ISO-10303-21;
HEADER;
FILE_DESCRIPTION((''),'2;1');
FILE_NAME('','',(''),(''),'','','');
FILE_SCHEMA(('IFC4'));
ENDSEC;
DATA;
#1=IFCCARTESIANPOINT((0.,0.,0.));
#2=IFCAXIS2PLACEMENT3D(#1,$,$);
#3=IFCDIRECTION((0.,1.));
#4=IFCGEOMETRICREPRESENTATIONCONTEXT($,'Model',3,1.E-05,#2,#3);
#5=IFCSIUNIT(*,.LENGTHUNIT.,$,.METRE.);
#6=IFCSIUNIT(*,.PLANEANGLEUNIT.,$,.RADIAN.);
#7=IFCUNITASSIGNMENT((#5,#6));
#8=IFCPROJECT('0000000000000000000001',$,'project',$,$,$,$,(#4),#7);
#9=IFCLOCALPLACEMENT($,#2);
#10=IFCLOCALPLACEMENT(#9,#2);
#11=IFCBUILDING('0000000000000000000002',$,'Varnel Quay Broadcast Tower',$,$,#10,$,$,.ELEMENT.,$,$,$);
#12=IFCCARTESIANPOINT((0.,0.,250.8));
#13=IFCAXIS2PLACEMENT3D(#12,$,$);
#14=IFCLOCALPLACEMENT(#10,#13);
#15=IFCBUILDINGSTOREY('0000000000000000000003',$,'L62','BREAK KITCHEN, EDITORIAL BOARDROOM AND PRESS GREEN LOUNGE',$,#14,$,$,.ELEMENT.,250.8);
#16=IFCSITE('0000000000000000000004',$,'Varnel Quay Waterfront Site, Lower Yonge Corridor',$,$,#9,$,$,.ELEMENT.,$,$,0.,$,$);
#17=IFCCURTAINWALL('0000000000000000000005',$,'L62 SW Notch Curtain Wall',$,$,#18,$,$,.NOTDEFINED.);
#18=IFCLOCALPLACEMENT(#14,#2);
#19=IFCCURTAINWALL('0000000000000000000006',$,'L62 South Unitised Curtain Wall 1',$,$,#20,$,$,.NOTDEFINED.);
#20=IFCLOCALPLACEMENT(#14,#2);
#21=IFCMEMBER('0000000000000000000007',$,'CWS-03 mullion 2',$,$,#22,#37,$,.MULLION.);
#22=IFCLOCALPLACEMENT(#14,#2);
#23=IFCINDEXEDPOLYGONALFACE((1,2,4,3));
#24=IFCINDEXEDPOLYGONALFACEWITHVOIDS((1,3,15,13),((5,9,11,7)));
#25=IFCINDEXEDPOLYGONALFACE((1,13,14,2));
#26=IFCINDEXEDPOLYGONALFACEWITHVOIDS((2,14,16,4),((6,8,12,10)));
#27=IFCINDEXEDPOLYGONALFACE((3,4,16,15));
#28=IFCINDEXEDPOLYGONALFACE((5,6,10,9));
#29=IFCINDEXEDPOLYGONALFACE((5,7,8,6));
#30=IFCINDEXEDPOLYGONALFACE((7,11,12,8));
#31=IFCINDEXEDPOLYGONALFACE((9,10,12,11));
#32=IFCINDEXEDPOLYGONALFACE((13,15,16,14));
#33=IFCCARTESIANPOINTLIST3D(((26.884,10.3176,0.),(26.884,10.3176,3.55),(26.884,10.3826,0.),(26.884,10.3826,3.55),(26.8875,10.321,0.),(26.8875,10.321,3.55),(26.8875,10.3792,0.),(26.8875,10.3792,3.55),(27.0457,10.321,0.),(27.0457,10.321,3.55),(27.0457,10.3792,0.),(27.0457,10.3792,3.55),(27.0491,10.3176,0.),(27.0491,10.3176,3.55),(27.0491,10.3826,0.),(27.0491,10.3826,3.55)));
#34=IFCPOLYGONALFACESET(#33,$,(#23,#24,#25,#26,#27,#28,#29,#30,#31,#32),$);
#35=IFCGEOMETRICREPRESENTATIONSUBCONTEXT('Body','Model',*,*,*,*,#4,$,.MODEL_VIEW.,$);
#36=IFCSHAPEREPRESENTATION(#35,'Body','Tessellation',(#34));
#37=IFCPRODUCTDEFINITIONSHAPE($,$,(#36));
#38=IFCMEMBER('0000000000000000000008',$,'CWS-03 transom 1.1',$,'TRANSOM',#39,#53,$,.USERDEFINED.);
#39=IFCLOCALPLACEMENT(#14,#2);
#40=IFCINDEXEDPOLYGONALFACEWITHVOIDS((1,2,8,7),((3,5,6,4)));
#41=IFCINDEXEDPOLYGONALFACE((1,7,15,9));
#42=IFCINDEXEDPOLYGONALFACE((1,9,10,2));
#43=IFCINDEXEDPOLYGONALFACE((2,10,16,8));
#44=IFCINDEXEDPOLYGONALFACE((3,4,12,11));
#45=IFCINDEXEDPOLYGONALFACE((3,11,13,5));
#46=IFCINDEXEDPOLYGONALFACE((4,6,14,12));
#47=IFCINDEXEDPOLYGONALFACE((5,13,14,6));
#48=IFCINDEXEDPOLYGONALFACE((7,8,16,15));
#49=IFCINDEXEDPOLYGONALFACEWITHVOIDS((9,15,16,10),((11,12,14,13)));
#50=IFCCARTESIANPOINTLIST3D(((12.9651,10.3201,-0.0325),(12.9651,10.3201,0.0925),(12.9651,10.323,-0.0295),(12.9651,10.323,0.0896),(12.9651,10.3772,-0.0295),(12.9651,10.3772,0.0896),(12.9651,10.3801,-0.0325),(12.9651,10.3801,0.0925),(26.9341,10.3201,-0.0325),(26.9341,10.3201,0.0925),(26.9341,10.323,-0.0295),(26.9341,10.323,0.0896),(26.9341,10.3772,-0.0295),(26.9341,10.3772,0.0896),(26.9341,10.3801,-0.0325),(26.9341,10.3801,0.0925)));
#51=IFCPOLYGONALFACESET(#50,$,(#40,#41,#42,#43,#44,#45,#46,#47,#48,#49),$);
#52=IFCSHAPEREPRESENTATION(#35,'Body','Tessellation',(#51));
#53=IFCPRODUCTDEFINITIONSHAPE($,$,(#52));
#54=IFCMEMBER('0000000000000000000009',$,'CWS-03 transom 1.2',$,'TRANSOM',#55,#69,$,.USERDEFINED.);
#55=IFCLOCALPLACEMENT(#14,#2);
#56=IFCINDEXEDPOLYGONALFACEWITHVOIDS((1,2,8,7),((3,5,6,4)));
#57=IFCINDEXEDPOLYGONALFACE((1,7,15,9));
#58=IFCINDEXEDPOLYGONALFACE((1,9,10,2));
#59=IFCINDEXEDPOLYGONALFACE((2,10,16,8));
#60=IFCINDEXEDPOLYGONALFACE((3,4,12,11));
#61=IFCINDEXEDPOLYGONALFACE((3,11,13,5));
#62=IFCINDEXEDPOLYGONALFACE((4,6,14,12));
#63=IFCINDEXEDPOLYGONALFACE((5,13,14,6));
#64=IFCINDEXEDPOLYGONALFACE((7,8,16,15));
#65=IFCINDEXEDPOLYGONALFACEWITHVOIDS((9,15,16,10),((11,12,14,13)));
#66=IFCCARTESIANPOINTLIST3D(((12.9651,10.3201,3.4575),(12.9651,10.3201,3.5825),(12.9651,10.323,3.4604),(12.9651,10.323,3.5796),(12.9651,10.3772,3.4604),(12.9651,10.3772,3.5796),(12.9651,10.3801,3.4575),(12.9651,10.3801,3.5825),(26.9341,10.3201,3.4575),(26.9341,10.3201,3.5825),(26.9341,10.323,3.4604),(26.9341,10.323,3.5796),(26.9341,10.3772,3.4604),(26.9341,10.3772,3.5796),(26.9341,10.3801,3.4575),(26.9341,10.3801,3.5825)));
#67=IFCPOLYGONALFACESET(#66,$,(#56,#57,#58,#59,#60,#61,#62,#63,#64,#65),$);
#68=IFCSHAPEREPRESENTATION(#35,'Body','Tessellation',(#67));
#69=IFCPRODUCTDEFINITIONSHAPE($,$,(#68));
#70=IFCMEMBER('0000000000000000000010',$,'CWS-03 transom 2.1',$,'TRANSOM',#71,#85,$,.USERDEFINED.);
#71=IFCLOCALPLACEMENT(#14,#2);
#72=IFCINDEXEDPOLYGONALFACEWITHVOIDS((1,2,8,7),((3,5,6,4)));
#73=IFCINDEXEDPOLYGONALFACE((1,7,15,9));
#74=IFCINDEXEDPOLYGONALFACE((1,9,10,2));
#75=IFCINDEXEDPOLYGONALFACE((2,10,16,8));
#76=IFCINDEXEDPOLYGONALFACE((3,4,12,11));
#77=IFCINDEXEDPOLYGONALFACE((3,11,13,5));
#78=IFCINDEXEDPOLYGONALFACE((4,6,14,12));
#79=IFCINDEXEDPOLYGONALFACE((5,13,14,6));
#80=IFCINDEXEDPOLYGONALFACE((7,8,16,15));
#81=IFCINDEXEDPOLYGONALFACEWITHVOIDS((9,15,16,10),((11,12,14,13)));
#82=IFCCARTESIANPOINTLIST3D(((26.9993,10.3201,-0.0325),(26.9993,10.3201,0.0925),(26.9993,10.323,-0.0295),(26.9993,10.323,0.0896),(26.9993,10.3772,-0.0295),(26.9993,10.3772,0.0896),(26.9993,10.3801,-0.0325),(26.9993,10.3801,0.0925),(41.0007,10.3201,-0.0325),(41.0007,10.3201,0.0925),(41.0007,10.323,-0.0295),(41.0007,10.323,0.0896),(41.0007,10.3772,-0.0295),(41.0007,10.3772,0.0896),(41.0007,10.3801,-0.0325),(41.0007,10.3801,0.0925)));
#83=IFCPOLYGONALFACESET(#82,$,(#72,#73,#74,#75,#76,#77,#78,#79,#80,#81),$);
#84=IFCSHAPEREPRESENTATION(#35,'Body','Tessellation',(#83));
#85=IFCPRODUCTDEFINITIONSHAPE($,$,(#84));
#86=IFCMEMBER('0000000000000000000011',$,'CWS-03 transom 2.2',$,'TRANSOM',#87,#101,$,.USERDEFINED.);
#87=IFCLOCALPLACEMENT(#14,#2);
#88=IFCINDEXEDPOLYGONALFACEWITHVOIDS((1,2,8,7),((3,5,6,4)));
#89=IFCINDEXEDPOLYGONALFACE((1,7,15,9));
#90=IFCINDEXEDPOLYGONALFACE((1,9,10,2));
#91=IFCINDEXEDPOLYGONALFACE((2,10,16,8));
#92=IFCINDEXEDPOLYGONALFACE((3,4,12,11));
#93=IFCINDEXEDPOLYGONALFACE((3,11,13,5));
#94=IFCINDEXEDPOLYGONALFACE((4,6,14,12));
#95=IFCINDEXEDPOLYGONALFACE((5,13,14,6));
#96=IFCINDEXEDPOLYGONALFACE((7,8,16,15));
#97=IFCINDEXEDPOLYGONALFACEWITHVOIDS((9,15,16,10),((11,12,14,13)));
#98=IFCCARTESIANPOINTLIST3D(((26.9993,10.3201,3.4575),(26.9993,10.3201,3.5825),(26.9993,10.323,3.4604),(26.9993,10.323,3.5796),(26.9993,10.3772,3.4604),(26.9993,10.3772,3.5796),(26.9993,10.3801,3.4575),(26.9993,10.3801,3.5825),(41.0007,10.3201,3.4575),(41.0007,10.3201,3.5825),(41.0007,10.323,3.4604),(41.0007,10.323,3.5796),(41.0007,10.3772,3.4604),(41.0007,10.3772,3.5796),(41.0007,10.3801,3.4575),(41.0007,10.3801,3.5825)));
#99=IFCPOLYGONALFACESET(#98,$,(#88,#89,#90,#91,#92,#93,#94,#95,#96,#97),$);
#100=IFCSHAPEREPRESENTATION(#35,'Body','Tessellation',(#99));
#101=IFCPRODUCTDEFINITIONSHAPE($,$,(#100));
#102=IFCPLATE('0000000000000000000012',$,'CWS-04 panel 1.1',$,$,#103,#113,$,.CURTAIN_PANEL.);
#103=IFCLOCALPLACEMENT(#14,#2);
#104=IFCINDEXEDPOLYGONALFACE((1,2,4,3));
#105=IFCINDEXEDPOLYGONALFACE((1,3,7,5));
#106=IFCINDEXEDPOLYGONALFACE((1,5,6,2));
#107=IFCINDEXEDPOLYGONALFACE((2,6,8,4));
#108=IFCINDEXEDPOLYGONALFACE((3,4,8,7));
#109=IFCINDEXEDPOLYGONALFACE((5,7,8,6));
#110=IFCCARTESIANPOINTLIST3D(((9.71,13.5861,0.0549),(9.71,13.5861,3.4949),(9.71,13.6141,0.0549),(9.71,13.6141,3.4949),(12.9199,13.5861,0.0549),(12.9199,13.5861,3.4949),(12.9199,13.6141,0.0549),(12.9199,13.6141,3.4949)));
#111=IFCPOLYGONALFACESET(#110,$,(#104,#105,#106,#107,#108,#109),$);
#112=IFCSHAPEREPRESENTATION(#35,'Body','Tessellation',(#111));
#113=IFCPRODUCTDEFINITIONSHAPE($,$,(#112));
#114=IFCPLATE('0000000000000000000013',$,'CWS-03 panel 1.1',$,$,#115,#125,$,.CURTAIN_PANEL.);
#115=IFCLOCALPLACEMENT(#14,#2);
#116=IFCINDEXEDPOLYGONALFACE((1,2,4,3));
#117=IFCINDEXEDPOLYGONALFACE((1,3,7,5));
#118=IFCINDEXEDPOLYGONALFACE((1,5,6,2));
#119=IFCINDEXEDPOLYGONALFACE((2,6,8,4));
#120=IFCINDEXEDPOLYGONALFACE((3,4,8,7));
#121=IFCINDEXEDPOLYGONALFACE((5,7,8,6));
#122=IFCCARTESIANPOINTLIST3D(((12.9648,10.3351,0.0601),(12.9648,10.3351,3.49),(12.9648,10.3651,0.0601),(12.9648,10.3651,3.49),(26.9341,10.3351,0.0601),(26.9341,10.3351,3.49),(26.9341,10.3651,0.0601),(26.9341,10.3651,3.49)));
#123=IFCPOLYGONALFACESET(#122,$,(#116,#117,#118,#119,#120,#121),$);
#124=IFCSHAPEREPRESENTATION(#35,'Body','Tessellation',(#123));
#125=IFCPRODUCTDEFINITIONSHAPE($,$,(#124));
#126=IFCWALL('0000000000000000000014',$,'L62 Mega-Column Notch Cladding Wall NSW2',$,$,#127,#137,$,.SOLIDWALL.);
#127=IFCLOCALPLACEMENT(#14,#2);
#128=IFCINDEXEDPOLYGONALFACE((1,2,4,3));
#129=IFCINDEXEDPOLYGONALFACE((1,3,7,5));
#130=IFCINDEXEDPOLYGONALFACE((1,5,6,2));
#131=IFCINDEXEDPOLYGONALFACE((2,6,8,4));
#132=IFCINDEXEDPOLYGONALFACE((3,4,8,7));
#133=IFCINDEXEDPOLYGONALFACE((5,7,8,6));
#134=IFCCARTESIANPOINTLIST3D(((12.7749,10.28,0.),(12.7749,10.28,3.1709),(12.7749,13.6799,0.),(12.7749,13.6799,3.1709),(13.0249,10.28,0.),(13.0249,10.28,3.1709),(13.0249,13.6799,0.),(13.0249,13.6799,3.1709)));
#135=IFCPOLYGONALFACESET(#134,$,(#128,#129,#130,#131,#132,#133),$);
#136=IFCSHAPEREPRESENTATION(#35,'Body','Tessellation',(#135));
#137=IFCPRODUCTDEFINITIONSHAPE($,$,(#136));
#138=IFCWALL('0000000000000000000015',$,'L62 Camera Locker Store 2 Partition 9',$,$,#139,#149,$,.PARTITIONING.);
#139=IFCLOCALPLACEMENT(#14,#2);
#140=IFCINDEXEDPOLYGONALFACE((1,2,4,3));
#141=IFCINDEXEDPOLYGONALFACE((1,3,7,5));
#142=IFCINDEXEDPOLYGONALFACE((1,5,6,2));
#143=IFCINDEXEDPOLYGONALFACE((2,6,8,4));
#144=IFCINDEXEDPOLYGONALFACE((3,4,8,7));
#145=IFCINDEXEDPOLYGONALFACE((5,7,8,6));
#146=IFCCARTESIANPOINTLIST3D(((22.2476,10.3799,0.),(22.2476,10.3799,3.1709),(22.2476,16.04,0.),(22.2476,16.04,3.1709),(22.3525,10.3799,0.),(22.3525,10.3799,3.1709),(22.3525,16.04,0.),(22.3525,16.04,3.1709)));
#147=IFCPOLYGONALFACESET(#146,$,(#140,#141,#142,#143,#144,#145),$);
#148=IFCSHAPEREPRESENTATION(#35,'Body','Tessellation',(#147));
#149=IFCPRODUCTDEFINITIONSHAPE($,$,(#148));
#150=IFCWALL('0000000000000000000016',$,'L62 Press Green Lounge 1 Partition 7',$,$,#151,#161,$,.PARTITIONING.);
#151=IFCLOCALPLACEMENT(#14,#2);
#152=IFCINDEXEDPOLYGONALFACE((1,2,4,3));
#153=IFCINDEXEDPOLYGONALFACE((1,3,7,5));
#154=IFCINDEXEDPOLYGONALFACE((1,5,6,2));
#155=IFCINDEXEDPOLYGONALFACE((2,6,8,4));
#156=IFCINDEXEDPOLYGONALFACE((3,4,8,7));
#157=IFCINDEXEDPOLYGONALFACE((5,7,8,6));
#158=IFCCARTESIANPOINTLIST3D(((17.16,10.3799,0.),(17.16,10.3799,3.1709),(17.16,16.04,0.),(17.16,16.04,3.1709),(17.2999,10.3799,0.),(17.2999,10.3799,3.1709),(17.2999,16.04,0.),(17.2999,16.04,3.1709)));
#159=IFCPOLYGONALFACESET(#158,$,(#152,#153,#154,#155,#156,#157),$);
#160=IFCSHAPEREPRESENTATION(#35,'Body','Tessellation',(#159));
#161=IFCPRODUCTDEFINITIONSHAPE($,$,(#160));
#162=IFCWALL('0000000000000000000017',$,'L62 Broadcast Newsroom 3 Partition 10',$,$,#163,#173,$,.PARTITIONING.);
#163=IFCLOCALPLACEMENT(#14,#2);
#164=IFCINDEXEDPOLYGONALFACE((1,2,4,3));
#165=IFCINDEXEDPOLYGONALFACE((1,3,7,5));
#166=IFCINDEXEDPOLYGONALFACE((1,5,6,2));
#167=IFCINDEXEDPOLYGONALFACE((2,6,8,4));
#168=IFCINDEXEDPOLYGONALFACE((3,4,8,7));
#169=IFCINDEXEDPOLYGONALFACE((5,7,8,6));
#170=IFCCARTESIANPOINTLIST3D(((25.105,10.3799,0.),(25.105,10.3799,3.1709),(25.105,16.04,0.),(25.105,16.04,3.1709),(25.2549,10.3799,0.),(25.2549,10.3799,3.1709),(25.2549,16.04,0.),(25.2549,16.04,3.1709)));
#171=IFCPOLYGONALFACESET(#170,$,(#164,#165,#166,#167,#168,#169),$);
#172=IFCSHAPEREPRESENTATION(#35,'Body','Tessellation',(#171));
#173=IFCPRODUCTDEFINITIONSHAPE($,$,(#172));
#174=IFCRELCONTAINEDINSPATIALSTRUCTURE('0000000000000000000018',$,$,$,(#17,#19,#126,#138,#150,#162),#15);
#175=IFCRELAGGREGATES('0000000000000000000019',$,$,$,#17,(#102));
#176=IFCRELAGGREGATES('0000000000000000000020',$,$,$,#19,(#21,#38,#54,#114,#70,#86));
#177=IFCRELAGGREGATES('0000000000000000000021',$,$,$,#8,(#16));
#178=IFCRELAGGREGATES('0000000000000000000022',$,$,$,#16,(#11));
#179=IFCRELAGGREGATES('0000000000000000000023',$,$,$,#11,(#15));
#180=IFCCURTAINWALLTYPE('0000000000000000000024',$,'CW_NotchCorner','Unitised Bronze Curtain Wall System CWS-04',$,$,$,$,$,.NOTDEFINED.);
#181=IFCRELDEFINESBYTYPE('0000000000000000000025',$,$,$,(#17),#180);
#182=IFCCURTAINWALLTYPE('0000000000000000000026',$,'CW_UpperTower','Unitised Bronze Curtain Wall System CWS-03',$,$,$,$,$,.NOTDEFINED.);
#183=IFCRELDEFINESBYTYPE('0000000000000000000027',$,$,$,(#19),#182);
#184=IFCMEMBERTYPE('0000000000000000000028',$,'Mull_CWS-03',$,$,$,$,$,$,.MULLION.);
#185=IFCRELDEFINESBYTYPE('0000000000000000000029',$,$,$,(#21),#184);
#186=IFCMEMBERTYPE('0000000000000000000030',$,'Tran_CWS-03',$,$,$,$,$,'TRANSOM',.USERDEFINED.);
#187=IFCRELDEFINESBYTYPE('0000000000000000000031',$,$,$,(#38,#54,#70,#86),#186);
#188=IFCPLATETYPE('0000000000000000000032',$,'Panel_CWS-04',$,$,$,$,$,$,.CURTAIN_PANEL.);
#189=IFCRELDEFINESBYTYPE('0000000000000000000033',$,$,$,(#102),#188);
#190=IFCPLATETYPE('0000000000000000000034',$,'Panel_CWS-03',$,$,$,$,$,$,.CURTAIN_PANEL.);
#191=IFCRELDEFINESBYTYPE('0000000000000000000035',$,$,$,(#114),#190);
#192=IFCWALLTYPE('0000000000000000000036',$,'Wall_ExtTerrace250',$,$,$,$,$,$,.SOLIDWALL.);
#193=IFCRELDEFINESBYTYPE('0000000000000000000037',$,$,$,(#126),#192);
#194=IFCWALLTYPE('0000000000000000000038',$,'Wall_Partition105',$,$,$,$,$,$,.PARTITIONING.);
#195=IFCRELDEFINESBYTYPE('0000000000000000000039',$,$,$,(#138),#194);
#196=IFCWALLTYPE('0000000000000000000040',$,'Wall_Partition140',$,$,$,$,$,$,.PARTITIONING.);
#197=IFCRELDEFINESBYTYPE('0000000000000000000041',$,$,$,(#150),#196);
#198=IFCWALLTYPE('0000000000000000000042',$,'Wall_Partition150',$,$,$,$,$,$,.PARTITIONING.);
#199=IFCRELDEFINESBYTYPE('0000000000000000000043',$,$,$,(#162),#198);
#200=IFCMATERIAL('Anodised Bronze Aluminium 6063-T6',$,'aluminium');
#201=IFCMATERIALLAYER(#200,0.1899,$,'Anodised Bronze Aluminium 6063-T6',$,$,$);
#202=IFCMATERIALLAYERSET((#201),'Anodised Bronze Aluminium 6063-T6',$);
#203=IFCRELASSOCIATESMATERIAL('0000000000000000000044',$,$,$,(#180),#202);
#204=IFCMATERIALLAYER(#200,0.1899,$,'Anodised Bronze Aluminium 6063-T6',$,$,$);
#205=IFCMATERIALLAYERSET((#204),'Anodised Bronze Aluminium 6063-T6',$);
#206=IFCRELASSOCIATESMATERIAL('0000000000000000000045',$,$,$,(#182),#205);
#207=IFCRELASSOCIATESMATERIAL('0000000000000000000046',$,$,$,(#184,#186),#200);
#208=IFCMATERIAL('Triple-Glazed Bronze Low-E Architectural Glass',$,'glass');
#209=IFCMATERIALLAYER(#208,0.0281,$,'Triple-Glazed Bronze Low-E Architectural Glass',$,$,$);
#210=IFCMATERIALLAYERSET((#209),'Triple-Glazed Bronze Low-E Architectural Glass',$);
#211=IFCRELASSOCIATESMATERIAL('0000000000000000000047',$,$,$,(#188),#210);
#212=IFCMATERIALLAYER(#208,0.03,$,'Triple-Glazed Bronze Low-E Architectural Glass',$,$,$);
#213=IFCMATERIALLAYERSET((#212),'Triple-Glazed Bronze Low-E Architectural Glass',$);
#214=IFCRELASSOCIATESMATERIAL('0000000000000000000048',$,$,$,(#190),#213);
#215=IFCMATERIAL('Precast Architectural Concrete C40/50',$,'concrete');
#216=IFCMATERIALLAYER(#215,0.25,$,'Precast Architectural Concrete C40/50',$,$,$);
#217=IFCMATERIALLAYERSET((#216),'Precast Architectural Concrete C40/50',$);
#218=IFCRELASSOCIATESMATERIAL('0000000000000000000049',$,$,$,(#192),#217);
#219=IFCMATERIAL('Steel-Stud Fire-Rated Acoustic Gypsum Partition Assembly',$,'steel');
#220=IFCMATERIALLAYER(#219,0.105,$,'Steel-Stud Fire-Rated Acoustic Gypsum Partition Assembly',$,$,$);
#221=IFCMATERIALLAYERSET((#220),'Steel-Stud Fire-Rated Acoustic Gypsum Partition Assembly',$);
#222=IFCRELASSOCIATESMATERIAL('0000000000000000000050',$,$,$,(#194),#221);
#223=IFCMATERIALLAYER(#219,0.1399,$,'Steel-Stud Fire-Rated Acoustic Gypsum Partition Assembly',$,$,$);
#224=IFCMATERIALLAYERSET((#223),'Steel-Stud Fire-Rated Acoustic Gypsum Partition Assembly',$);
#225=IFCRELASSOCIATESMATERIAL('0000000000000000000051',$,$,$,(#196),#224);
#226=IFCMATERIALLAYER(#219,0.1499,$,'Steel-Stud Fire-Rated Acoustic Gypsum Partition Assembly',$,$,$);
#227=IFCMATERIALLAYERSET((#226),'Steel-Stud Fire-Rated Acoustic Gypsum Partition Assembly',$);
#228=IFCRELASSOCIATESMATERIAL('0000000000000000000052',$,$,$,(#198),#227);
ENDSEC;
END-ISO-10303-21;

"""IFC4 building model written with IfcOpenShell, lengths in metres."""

from ifc_helpers import new_model, si_unit, direction, frame, frame_2d, origin, origin_2d, place, context, subcontext, project, spatial, rectangle, hollow_rectangle, extrude, source, transform, mapped, material, layer, layer_set, material_profile, profile_set, type_object, type_shapes, element, aggregate, save


model = new_model("IFC4")

# Units and contexts
model_context = context("Model", 3, precision=1e-05, world=origin(), true_north=direction((0.0, 1.0)))
body_context = subcontext(model_context, "Body", "Model", "MODEL_VIEW")
ifc_project = project(units=[si_unit("LENGTHUNIT", "METRE"), si_unit("PLANEANGLEUNIT", "RADIAN")], contexts=[model_context])

# Site, building, storey
site_placement = place(None, origin())
site = spatial("IfcSite", under=ifc_project, at=site_placement, Name="Varnel Quay Waterfront Site, Lower Yonge Corridor", CompositionType="ELEMENT", RefElevation=0.0)
building_placement = place(site_placement, origin())
building = spatial("IfcBuilding", under=site, at=building_placement, Name="Varnel Quay Broadcast Tower", CompositionType="ELEMENT")
storey_placement = place(building_placement, frame((0.0, 0.0, 250.8)))
storey = spatial("IfcBuildingStorey", under=building, at=storey_placement, Name="L62", Description="BREAK KITCHEN, EDITORIAL BOARDROOM AND PRESS GREEN LOUNGE", CompositionType="ELEMENT", Elevation=250.8)

# Curtain wall
ifc_material_1 = material(Name="Anodised Bronze Aluminium 6063-T6", Category="aluminium")
ifc_layer_1 = layer(ifc_material_1, 0.1899, Name="Anodised Bronze Aluminium 6063-T6")
ifc_layer_set_1 = layer_set([ifc_layer_1], Name="Anodised Bronze Aluminium 6063-T6")
curtain_wall_type_1 = type_object("IfcCurtainWallType", Name="CW_NotchCorner", Description="Unitised Bronze Curtain Wall System CWS-04", PredefinedType="NOTDEFINED", material=ifc_layer_set_1)
curtain_wall_1_placement = place(storey_placement, origin())
curtain_wall_1 = element("IfcCurtainWall", 1, at=curtain_wall_1_placement, inside=storey, type_object=curtain_wall_type_1, Name="L62 SW Notch Curtain Wall", PredefinedType="NOTDEFINED")

# Curtain wall, members
ifc_layer_2 = layer(ifc_material_1, 0.1899, Name="Anodised Bronze Aluminium 6063-T6")
ifc_layer_set_2 = layer_set([ifc_layer_2], Name="Anodised Bronze Aluminium 6063-T6")
curtain_wall_type_2 = type_object("IfcCurtainWallType", Name="CW_UpperTower", Description="Unitised Bronze Curtain Wall System CWS-03", PredefinedType="NOTDEFINED", material=ifc_layer_set_2)
curtain_wall_2_placement = place(storey_placement, origin())
curtain_wall_2 = element("IfcCurtainWall", 2, at=curtain_wall_2_placement, inside=storey, type_object=curtain_wall_type_2, Name="L62 South Unitised Curtain Wall 1", PredefinedType="NOTDEFINED")
ifc_material_profile_1 = material_profile(ifc_material_1, hollow_rectangle(XDim=0.0649, YDim=0.165, WallThickness=0.0034, at=origin_2d()), Name="ALU65X165X3.5")
ifc_profile_set_1 = profile_set([ifc_material_profile_1], Name="Anodised Bronze Aluminium 6063-T6")
member_type_1 = type_object("IfcMemberType", Name="Mull_CWS-03", PredefinedType="MULLION", material=ifc_profile_set_1)
shared_shape_1 = source(origin(), body_context, "Body", "SweptSolid", [
    extrude(hollow_rectangle(XDim=0.0649, YDim=0.165, WallThickness=0.0034, at=origin_2d()), origin(), (0.0, 0.0, 1.0), 3.55),
])
type_shapes(member_type_1, [shared_shape_1])
member_1_placement = place(storey_placement, frame((26.9666, 10.3501, 0.0), z_axis=(0.0, 0.0, 1.0), x_axis=(0.0, 1.0, 0.0)))
member_1 = element("IfcMember", 3, at=member_1_placement, type_object=member_type_1, Name="CWS-03 mullion 2", PredefinedType="MULLION", context=body_context, shape_type="MappedRepresentation", body=[
    mapped(shared_shape_1, transform((0.0, 0.0, 0.0), x_axis=(1.0, 0.0, 0.0), y_axis=(0.0, 1.0, 0.0), z_axis=(0.0, 0.0, 1.0), scale=1.0)),
])
ifc_material_profile_2 = material_profile(ifc_material_1, hollow_rectangle(XDim=0.0601, YDim=0.125, WallThickness=0.0029, at=origin_2d()), Name="ALU60X125X3")
ifc_profile_set_2 = profile_set([ifc_material_profile_2], Name="Anodised Bronze Aluminium 6063-T6")
member_type_2 = type_object("IfcMemberType", Name="Tran_CWS-03", ElementType="TRANSOM", PredefinedType="USERDEFINED", material=ifc_profile_set_2)
shared_shape_2 = source(origin(), body_context, "Body", "SweptSolid", [
    extrude(hollow_rectangle(XDim=0.0601, YDim=0.125, WallThickness=0.0029, at=origin_2d()), origin(), (0.0, 0.0, 1.0), 13.969),
])
member_2_placement = place(storey_placement, frame((12.9651, 10.3501, 0.03), z_axis=(1.0, 0.0, 0.0), x_axis=(0.0, 1.0, 0.0)))
member_2 = element("IfcMember", 4, at=member_2_placement, type_object=member_type_2, Name="CWS-03 transom 1.1", ObjectType="TRANSOM", PredefinedType="USERDEFINED", context=body_context, shape_type="MappedRepresentation", body=[
    mapped(shared_shape_2, transform((0.0, 0.0, 0.0), x_axis=(1.0, 0.0, 0.0), y_axis=(0.0, 1.0, 0.0), z_axis=(0.0, 0.0, 1.0), scale=1.0)),
])
member_3_placement = place(storey_placement, frame((12.9651, 10.3501, 3.52), z_axis=(1.0, 0.0, 0.0), x_axis=(0.0, 1.0, 0.0)))
member_3 = element("IfcMember", 5, at=member_3_placement, type_object=member_type_2, Name="CWS-03 transom 1.2", ObjectType="TRANSOM", PredefinedType="USERDEFINED", context=body_context, shape_type="MappedRepresentation", body=[
    mapped(shared_shape_2, transform((0.0, 0.0, 0.0), x_axis=(1.0, 0.0, 0.0), y_axis=(0.0, 1.0, 0.0), z_axis=(0.0, 0.0, 1.0), scale=1.0)),
])
shared_shape_3 = source(origin(), body_context, "Body", "SweptSolid", [
    extrude(hollow_rectangle(XDim=0.0601, YDim=0.125, WallThickness=0.0029, at=origin_2d()), origin(), (0.0, 0.0, 1.0), 14.0015),
])
type_shapes(member_type_2, [shared_shape_2, shared_shape_3])
member_4_placement = place(storey_placement, frame((26.9993, 10.3501, 0.03), z_axis=(1.0, 0.0, 0.0), x_axis=(0.0, 1.0, 0.0)))
member_4 = element("IfcMember", 6, at=member_4_placement, type_object=member_type_2, Name="CWS-03 transom 2.1", ObjectType="TRANSOM", PredefinedType="USERDEFINED", context=body_context, shape_type="MappedRepresentation", body=[
    mapped(shared_shape_3, transform((0.0, 0.0, 0.0), x_axis=(1.0, 0.0, 0.0), y_axis=(0.0, 1.0, 0.0), z_axis=(0.0, 0.0, 1.0), scale=1.0)),
])
member_5_placement = place(storey_placement, frame((26.9993, 10.3501, 3.52), z_axis=(1.0, 0.0, 0.0), x_axis=(0.0, 1.0, 0.0)))
member_5 = element("IfcMember", 7, at=member_5_placement, type_object=member_type_2, Name="CWS-03 transom 2.2", ObjectType="TRANSOM", PredefinedType="USERDEFINED", context=body_context, shape_type="MappedRepresentation", body=[
    mapped(shared_shape_3, transform((0.0, 0.0, 0.0), x_axis=(1.0, 0.0, 0.0), y_axis=(0.0, 1.0, 0.0), z_axis=(0.0, 0.0, 1.0), scale=1.0)),
])

# Plates
ifc_material_2 = material(Name="Triple-Glazed Bronze Low-E Architectural Glass", Category="glass")
ifc_layer_3 = layer(ifc_material_2, 0.0281, Name="Triple-Glazed Bronze Low-E Architectural Glass")
ifc_layer_set_3 = layer_set([ifc_layer_3], Name="Triple-Glazed Bronze Low-E Architectural Glass")
plate_type_1 = type_object("IfcPlateType", Name="Panel_CWS-04", PredefinedType="CURTAIN_PANEL", material=ifc_layer_set_3)
shared_shape_4 = source(origin(), body_context, "Body", "SweptSolid", [
    extrude(rectangle(XDim=3.21, YDim=0.0281, at=origin_2d()), origin(), (0.0, 0.0, 1.0), 3.4399),
])
type_shapes(plate_type_1, [shared_shape_4])
plate_1_placement = place(storey_placement, frame((11.3149, 13.6001, 0.0549), z_axis=(0.0, 0.0, 1.0), x_axis=(1.0, 0.0, 0.0)))
plate_1 = element("IfcPlate", 8, at=plate_1_placement, type_object=plate_type_1, Name="CWS-04 panel 1.1", PredefinedType="CURTAIN_PANEL", context=body_context, shape_type="MappedRepresentation", body=[
    mapped(shared_shape_4, transform((0.0, 0.0, 0.0), x_axis=(1.0, 0.0, 0.0), y_axis=(0.0, 1.0, 0.0), z_axis=(0.0, 0.0, 1.0), scale=1.0)),
])
aggregate(curtain_wall_1, [plate_1])
ifc_layer_4 = layer(ifc_material_2, 0.03, Name="Triple-Glazed Bronze Low-E Architectural Glass")
ifc_layer_set_4 = layer_set([ifc_layer_4], Name="Triple-Glazed Bronze Low-E Architectural Glass")
plate_type_2 = type_object("IfcPlateType", Name="Panel_CWS-03", PredefinedType="CURTAIN_PANEL", material=ifc_layer_set_4)
shared_shape_5 = source(origin(), body_context, "Body", "SweptSolid", [
    extrude(rectangle(XDim=13.9692, YDim=0.03, at=origin_2d()), origin(), (0.0, 0.0, 1.0), 3.4299),
])
type_shapes(plate_type_2, [shared_shape_5])
plate_2_placement = place(storey_placement, frame((19.9495, 10.3501, 0.0601), z_axis=(0.0, 0.0, 1.0), x_axis=(1.0, 0.0, 0.0)))
plate_2 = element("IfcPlate", 9, at=plate_2_placement, type_object=plate_type_2, Name="CWS-03 panel 1.1", PredefinedType="CURTAIN_PANEL", context=body_context, shape_type="MappedRepresentation", body=[
    mapped(shared_shape_5, transform((0.0, 0.0, 0.0), x_axis=(1.0, 0.0, 0.0), y_axis=(0.0, 1.0, 0.0), z_axis=(0.0, 0.0, 1.0), scale=1.0)),
])
aggregate(curtain_wall_2, [member_1, member_2, member_3, plate_2, member_4, member_5])

# Walls
ifc_material_3 = material(Name="Precast Architectural Concrete C40/50", Category="concrete")
ifc_layer_5 = layer(ifc_material_3, 0.25, Name="Precast Architectural Concrete C40/50")
ifc_layer_set_5 = layer_set([ifc_layer_5], Name="Precast Architectural Concrete C40/50")
wall_type_1 = type_object("IfcWallType", Name="Wall_ExtTerrace250", PredefinedType="SOLIDWALL", material=ifc_layer_set_5)
wall_1_placement = place(storey_placement, frame((12.8999, 10.28, 0.0), z_axis=(0.0, 0.0, 1.0), x_axis=(0.0, 1.0, 0.0)))
element("IfcWall", 10, at=wall_1_placement, inside=storey, type_object=wall_type_1, Name="L62 Mega-Column Notch Cladding Wall NSW2", PredefinedType="SOLIDWALL", context=body_context, shape_type="SweptSolid", body=[
    extrude(rectangle(XDim=3.3999, YDim=0.25, at=frame_2d((1.7, 0.0))), origin(), (0.0, 0.0, 1.0), 3.1709),
])
ifc_material_4 = material(Name="Steel-Stud Fire-Rated Acoustic Gypsum Partition Assembly", Category="steel")
ifc_layer_6 = layer(ifc_material_4, 0.105, Name="Steel-Stud Fire-Rated Acoustic Gypsum Partition Assembly")
ifc_layer_set_6 = layer_set([ifc_layer_6], Name="Steel-Stud Fire-Rated Acoustic Gypsum Partition Assembly")
wall_type_2 = type_object("IfcWallType", Name="Wall_Partition105", PredefinedType="PARTITIONING", material=ifc_layer_set_6)
wall_2_placement = place(storey_placement, frame((22.3, 10.3799, 0.0), z_axis=(0.0, 0.0, 1.0), x_axis=(0.0, 1.0, 0.0)))
element("IfcWall", 11, at=wall_2_placement, inside=storey, type_object=wall_type_2, Name="L62 Camera Locker Store 2 Partition 9", PredefinedType="PARTITIONING", context=body_context, shape_type="SweptSolid", body=[
    extrude(rectangle(XDim=5.6602, YDim=0.105, at=frame_2d((2.8301, 0.0))), origin(), (0.0, 0.0, 1.0), 3.1709),
])
ifc_layer_7 = layer(ifc_material_4, 0.1399, Name="Steel-Stud Fire-Rated Acoustic Gypsum Partition Assembly")
ifc_layer_set_7 = layer_set([ifc_layer_7], Name="Steel-Stud Fire-Rated Acoustic Gypsum Partition Assembly")
wall_type_3 = type_object("IfcWallType", Name="Wall_Partition140", PredefinedType="PARTITIONING", material=ifc_layer_set_7)
wall_3_placement = place(storey_placement, frame((17.23, 10.3799, 0.0), z_axis=(0.0, 0.0, 1.0), x_axis=(0.0, 1.0, 0.0)))
element("IfcWall", 12, at=wall_3_placement, inside=storey, type_object=wall_type_3, Name="L62 Press Green Lounge 1 Partition 7", PredefinedType="PARTITIONING", context=body_context, shape_type="SweptSolid", body=[
    extrude(rectangle(XDim=5.6602, YDim=0.1399, at=frame_2d((2.8301, 0.0))), origin(), (0.0, 0.0, 1.0), 3.1709),
])
ifc_layer_8 = layer(ifc_material_4, 0.1499, Name="Steel-Stud Fire-Rated Acoustic Gypsum Partition Assembly")
ifc_layer_set_8 = layer_set([ifc_layer_8], Name="Steel-Stud Fire-Rated Acoustic Gypsum Partition Assembly")
wall_type_4 = type_object("IfcWallType", Name="Wall_Partition150", PredefinedType="PARTITIONING", material=ifc_layer_set_8)
wall_4_placement = place(storey_placement, frame((25.1799, 10.3799, 0.0), z_axis=(0.0, 0.0, 1.0), x_axis=(0.0, 1.0, 0.0)))
element("IfcWall", 13, at=wall_4_placement, inside=storey, type_object=wall_type_4, Name="L62 Broadcast Newsroom 3 Partition 10", PredefinedType="PARTITIONING", context=body_context, shape_type="SweptSolid", body=[
    extrude(rectangle(XDim=5.6602, YDim=0.1499, at=frame_2d((2.8301, 0.0))), origin(), (0.0, 0.0, 1.0), 3.1709),
])

save(model, "model.ifc")
